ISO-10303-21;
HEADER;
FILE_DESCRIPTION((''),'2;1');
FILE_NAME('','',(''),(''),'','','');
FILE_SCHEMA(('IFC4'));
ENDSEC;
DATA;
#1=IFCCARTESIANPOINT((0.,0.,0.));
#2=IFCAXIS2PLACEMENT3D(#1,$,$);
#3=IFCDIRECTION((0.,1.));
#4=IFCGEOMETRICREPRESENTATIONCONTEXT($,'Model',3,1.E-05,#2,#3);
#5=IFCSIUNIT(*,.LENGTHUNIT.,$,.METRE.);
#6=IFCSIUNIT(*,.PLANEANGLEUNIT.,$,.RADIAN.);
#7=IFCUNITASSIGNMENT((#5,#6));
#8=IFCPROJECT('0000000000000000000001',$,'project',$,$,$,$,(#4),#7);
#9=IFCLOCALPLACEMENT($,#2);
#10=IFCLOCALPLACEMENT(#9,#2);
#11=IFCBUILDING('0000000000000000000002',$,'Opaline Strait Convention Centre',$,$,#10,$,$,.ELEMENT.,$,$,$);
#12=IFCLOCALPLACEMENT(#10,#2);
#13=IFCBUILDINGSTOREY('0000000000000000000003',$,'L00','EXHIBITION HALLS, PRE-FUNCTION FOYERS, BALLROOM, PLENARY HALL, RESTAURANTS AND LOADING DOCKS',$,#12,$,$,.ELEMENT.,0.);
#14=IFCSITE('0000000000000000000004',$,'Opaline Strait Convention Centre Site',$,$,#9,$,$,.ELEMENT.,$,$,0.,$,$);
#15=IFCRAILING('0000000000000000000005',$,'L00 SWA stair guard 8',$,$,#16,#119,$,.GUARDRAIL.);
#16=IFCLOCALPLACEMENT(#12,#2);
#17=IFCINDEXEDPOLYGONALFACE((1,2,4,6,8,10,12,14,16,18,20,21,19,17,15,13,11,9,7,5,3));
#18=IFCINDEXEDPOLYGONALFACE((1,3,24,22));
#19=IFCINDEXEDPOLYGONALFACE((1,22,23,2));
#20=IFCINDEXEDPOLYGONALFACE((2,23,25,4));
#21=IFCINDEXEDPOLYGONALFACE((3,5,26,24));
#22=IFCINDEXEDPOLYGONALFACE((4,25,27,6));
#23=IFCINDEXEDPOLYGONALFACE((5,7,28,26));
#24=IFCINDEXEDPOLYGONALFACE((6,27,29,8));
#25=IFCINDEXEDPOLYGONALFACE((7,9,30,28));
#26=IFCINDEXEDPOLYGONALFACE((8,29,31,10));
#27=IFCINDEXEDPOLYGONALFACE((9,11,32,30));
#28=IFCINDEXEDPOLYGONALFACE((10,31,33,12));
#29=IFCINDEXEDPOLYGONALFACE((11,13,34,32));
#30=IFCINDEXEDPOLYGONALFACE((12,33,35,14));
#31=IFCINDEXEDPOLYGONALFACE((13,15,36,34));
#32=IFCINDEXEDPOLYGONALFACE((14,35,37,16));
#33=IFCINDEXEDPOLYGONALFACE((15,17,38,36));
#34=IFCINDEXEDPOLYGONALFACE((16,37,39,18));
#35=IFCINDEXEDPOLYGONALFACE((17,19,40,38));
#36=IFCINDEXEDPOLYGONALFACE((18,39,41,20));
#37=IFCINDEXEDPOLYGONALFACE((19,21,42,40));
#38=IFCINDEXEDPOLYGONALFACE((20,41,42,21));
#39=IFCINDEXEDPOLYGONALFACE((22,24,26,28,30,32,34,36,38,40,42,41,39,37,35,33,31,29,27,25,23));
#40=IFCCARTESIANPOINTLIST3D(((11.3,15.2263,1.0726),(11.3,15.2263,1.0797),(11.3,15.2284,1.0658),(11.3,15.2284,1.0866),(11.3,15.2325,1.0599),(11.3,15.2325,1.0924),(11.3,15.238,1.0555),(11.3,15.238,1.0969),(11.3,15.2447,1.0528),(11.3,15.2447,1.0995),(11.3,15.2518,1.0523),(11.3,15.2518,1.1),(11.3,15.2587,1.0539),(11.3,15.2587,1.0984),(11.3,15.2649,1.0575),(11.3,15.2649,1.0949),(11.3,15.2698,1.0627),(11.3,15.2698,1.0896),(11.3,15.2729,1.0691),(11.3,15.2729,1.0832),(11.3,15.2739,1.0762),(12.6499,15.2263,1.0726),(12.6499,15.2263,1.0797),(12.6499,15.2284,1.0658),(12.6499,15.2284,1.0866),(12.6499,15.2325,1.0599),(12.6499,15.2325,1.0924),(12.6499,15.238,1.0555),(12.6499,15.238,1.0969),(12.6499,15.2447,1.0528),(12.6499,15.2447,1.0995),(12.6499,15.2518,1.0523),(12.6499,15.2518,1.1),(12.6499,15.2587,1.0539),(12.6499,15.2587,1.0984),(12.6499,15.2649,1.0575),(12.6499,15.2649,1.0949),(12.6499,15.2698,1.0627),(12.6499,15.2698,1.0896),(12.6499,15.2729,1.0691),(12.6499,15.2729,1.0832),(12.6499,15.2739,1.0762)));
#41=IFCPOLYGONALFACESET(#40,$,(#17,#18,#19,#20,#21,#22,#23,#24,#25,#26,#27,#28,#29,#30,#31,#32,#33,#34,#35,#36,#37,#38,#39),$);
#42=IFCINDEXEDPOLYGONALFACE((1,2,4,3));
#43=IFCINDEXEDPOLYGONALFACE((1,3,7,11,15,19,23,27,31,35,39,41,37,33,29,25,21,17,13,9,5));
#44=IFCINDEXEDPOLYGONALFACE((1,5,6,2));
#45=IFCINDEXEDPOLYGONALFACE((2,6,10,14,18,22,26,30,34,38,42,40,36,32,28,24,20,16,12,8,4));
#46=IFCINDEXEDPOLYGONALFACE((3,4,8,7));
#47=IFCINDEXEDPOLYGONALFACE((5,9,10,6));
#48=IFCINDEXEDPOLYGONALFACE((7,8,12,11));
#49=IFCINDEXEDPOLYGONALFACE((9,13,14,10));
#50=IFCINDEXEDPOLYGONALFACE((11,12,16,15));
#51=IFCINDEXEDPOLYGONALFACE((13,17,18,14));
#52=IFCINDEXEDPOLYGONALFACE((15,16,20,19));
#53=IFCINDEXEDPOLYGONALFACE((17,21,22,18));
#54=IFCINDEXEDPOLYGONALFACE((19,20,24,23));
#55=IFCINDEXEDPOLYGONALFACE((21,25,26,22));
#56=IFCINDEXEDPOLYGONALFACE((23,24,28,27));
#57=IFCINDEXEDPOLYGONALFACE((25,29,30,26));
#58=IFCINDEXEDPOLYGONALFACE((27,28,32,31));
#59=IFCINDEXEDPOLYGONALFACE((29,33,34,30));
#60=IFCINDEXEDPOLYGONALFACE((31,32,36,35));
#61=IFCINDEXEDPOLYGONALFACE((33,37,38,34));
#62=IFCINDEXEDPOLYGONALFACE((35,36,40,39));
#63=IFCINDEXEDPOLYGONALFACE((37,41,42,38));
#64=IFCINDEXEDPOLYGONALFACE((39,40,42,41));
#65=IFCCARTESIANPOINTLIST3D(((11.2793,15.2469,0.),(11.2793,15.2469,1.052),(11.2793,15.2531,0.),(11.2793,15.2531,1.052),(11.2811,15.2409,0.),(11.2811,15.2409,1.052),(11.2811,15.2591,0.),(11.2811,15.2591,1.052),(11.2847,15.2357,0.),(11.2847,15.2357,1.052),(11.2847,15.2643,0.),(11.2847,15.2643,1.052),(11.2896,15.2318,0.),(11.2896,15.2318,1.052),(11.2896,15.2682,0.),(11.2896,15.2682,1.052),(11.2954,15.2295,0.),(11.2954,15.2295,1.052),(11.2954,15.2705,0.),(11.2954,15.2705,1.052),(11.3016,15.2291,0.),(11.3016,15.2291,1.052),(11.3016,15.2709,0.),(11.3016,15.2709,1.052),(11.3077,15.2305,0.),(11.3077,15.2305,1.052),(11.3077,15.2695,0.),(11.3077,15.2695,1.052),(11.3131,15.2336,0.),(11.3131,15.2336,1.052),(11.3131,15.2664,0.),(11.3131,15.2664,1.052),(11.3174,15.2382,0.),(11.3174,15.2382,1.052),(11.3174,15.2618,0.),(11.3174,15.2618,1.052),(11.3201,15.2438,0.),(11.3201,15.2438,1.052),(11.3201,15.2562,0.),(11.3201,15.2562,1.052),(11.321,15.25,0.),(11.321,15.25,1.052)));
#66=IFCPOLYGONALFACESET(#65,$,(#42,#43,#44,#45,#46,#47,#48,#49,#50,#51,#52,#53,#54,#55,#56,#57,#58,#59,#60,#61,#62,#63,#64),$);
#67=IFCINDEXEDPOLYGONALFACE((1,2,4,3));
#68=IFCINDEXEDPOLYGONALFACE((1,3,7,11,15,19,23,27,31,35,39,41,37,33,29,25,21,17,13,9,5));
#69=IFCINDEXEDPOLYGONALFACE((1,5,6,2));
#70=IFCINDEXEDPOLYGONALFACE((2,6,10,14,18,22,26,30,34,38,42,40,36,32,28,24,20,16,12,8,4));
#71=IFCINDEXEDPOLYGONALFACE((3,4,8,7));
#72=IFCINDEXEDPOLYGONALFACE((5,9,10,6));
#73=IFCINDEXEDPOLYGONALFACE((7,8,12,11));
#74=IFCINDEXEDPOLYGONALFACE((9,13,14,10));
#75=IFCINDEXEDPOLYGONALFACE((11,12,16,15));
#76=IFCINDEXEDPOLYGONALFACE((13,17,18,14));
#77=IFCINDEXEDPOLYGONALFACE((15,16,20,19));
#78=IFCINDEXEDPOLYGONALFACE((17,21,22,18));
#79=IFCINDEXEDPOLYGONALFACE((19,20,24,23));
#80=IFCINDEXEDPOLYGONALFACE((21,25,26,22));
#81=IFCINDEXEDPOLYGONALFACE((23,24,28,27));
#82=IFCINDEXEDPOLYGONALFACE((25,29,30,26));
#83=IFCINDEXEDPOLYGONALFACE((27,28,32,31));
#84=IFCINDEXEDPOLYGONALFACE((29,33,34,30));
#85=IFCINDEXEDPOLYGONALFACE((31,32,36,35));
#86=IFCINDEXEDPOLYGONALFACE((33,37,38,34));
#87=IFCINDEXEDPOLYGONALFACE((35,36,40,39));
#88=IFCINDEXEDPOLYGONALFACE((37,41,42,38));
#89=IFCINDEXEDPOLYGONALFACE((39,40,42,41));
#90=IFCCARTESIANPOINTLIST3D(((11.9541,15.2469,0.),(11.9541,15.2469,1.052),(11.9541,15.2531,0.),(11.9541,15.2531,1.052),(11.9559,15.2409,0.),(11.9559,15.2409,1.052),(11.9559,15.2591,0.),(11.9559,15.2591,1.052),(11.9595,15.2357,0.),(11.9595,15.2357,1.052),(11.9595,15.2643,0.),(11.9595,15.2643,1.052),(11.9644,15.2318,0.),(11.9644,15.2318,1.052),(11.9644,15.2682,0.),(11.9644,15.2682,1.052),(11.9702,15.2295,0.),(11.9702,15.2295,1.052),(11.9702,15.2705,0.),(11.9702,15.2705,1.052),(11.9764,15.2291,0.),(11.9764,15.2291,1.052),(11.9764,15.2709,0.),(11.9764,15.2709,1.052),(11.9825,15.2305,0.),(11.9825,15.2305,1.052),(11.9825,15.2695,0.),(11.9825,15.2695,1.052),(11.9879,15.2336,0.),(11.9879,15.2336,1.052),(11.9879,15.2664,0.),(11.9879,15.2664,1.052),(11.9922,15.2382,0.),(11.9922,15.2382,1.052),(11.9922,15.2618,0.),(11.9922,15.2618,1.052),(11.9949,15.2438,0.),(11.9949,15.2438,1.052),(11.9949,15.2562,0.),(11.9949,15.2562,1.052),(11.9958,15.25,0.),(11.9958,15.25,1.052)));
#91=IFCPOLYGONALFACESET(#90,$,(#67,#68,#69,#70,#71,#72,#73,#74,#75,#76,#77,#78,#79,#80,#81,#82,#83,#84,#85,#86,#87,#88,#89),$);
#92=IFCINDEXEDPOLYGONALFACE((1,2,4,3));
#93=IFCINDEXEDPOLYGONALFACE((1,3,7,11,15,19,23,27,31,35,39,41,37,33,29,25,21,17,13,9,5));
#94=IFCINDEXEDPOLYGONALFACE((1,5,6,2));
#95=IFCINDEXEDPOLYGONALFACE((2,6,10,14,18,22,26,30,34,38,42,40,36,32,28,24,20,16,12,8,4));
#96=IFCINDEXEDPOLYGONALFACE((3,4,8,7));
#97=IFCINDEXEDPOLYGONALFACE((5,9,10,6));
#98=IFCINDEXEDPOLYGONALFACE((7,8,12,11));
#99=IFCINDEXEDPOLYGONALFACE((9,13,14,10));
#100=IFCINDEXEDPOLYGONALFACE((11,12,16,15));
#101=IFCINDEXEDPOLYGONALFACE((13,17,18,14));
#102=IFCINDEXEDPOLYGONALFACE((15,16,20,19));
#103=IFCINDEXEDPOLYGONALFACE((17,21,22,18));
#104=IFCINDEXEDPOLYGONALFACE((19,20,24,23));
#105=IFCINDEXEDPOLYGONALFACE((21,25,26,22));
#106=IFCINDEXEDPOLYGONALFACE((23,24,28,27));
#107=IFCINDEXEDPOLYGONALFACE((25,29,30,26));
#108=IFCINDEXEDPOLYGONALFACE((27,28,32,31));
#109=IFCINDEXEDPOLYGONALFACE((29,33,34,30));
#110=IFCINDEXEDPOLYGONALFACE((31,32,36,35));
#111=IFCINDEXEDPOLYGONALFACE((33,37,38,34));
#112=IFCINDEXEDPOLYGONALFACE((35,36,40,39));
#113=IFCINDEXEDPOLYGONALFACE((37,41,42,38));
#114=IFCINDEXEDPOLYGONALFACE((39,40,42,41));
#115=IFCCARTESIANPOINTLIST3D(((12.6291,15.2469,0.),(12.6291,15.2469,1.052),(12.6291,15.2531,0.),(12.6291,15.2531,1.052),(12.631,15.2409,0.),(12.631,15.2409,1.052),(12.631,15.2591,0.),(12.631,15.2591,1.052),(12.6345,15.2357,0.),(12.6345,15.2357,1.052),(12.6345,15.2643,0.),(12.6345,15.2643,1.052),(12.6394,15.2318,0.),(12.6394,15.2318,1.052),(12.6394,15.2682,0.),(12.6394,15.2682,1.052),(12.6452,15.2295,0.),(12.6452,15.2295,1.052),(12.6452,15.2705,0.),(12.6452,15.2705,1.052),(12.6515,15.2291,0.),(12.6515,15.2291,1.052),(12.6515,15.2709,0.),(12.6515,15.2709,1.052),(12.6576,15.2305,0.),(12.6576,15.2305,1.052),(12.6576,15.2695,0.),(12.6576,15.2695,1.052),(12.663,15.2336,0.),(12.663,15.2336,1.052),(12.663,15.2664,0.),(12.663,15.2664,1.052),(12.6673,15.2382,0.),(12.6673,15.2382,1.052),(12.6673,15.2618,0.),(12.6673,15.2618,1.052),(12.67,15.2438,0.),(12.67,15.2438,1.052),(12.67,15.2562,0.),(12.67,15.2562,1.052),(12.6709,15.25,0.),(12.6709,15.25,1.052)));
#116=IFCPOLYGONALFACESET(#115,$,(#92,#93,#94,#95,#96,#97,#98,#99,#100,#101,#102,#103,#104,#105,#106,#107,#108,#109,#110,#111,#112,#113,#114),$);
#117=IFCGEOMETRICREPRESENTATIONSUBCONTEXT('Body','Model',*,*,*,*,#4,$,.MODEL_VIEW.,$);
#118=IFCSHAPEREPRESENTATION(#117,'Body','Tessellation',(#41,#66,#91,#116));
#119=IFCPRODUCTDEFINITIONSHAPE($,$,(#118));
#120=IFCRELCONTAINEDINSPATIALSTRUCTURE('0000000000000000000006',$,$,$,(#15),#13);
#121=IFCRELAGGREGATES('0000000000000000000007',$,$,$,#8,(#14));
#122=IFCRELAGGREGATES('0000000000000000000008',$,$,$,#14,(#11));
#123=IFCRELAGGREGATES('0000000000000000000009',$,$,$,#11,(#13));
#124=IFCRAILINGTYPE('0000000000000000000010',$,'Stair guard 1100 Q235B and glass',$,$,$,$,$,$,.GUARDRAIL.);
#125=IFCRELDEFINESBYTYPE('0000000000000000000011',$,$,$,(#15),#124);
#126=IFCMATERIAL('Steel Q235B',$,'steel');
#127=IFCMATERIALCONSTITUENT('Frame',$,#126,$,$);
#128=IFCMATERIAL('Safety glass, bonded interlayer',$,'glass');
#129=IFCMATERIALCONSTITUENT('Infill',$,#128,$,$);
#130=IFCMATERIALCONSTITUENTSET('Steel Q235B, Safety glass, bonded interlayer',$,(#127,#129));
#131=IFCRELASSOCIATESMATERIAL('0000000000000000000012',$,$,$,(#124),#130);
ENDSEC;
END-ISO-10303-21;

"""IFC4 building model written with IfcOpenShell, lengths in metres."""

from ifc_helpers import new_model, si_unit, direction, frame, origin, origin_2d, place, context, subcontext, project, spatial, circle, extrude, material, constituent, constituent_set, type_object, element, save


model = new_model("IFC4")

# Units and contexts
model_context = context("Model", 3, precision=1e-05, world=origin(), true_north=direction((0.0, 1.0)))
body_context = subcontext(model_context, "Body", "Model", "MODEL_VIEW")
ifc_project = project(units=[si_unit("LENGTHUNIT", "METRE"), si_unit("PLANEANGLEUNIT", "RADIAN")], contexts=[model_context])

# Site, building, storey
site_placement = place(None, origin())
site = spatial("IfcSite", under=ifc_project, at=site_placement, Name="Opaline Strait Convention Centre Site", CompositionType="ELEMENT", RefElevation=0.0)
building_placement = place(site_placement, origin())
building = spatial("IfcBuilding", under=site, at=building_placement, Name="Opaline Strait Convention Centre", CompositionType="ELEMENT")
storey_placement = place(building_placement, origin())
storey = spatial("IfcBuildingStorey", under=building, at=storey_placement, Name="L00", Description="EXHIBITION HALLS, PRE-FUNCTION FOYERS, BALLROOM, PLENARY HALL, RESTAURANTS AND LOADING DOCKS", CompositionType="ELEMENT", Elevation=0.0)

# Railing
ifc_material_1 = material(Name="Steel Q235B", Category="steel")
ifc_constituent_1 = constituent(ifc_material_1, Name="Frame")
ifc_material_2 = material(Name="Safety glass, bonded interlayer", Category="glass")
ifc_constituent_2 = constituent(ifc_material_2, Name="Infill")
ifc_constituent_set = constituent_set(constituents=[ifc_constituent_1, ifc_constituent_2], Name="Steel Q235B, Safety glass, bonded interlayer")
railing_type_1 = type_object("IfcRailingType", Name="Stair guard 1100 Q235B and glass", PredefinedType="GUARDRAIL", material=ifc_constituent_set)
railing_1_placement = place(storey_placement, frame((11.3, 15.25, 0.0)))
element("IfcRailing", 1, at=railing_1_placement, inside=storey, type_object=railing_type_1, Name="L00 SWA stair guard 8", PredefinedType="GUARDRAIL", context=body_context, shape_type="SweptSolid", body=[
    extrude(circle(Radius=0.0239, at=origin_2d()), frame((0.0, 0.0, 1.0762), z_axis=(1.0, 0.0, 0.0), x_axis=(0.0, 1.0, 0.0)), (0.0, 0.0, 1.0), 1.3499),
    extrude(circle(Radius=0.021, at=origin_2d()), origin(), (0.0, 0.0, 1.0), 1.052),
    extrude(circle(Radius=0.021, at=origin_2d()), frame((0.6748, 0.0, 0.0)), (0.0, 0.0, 1.0), 1.052),
    extrude(circle(Radius=0.021, at=origin_2d()), frame((1.3499, 0.0, 0.0)), (0.0, 0.0, 1.0), 1.052),
])

save(model, "model.ifc")
